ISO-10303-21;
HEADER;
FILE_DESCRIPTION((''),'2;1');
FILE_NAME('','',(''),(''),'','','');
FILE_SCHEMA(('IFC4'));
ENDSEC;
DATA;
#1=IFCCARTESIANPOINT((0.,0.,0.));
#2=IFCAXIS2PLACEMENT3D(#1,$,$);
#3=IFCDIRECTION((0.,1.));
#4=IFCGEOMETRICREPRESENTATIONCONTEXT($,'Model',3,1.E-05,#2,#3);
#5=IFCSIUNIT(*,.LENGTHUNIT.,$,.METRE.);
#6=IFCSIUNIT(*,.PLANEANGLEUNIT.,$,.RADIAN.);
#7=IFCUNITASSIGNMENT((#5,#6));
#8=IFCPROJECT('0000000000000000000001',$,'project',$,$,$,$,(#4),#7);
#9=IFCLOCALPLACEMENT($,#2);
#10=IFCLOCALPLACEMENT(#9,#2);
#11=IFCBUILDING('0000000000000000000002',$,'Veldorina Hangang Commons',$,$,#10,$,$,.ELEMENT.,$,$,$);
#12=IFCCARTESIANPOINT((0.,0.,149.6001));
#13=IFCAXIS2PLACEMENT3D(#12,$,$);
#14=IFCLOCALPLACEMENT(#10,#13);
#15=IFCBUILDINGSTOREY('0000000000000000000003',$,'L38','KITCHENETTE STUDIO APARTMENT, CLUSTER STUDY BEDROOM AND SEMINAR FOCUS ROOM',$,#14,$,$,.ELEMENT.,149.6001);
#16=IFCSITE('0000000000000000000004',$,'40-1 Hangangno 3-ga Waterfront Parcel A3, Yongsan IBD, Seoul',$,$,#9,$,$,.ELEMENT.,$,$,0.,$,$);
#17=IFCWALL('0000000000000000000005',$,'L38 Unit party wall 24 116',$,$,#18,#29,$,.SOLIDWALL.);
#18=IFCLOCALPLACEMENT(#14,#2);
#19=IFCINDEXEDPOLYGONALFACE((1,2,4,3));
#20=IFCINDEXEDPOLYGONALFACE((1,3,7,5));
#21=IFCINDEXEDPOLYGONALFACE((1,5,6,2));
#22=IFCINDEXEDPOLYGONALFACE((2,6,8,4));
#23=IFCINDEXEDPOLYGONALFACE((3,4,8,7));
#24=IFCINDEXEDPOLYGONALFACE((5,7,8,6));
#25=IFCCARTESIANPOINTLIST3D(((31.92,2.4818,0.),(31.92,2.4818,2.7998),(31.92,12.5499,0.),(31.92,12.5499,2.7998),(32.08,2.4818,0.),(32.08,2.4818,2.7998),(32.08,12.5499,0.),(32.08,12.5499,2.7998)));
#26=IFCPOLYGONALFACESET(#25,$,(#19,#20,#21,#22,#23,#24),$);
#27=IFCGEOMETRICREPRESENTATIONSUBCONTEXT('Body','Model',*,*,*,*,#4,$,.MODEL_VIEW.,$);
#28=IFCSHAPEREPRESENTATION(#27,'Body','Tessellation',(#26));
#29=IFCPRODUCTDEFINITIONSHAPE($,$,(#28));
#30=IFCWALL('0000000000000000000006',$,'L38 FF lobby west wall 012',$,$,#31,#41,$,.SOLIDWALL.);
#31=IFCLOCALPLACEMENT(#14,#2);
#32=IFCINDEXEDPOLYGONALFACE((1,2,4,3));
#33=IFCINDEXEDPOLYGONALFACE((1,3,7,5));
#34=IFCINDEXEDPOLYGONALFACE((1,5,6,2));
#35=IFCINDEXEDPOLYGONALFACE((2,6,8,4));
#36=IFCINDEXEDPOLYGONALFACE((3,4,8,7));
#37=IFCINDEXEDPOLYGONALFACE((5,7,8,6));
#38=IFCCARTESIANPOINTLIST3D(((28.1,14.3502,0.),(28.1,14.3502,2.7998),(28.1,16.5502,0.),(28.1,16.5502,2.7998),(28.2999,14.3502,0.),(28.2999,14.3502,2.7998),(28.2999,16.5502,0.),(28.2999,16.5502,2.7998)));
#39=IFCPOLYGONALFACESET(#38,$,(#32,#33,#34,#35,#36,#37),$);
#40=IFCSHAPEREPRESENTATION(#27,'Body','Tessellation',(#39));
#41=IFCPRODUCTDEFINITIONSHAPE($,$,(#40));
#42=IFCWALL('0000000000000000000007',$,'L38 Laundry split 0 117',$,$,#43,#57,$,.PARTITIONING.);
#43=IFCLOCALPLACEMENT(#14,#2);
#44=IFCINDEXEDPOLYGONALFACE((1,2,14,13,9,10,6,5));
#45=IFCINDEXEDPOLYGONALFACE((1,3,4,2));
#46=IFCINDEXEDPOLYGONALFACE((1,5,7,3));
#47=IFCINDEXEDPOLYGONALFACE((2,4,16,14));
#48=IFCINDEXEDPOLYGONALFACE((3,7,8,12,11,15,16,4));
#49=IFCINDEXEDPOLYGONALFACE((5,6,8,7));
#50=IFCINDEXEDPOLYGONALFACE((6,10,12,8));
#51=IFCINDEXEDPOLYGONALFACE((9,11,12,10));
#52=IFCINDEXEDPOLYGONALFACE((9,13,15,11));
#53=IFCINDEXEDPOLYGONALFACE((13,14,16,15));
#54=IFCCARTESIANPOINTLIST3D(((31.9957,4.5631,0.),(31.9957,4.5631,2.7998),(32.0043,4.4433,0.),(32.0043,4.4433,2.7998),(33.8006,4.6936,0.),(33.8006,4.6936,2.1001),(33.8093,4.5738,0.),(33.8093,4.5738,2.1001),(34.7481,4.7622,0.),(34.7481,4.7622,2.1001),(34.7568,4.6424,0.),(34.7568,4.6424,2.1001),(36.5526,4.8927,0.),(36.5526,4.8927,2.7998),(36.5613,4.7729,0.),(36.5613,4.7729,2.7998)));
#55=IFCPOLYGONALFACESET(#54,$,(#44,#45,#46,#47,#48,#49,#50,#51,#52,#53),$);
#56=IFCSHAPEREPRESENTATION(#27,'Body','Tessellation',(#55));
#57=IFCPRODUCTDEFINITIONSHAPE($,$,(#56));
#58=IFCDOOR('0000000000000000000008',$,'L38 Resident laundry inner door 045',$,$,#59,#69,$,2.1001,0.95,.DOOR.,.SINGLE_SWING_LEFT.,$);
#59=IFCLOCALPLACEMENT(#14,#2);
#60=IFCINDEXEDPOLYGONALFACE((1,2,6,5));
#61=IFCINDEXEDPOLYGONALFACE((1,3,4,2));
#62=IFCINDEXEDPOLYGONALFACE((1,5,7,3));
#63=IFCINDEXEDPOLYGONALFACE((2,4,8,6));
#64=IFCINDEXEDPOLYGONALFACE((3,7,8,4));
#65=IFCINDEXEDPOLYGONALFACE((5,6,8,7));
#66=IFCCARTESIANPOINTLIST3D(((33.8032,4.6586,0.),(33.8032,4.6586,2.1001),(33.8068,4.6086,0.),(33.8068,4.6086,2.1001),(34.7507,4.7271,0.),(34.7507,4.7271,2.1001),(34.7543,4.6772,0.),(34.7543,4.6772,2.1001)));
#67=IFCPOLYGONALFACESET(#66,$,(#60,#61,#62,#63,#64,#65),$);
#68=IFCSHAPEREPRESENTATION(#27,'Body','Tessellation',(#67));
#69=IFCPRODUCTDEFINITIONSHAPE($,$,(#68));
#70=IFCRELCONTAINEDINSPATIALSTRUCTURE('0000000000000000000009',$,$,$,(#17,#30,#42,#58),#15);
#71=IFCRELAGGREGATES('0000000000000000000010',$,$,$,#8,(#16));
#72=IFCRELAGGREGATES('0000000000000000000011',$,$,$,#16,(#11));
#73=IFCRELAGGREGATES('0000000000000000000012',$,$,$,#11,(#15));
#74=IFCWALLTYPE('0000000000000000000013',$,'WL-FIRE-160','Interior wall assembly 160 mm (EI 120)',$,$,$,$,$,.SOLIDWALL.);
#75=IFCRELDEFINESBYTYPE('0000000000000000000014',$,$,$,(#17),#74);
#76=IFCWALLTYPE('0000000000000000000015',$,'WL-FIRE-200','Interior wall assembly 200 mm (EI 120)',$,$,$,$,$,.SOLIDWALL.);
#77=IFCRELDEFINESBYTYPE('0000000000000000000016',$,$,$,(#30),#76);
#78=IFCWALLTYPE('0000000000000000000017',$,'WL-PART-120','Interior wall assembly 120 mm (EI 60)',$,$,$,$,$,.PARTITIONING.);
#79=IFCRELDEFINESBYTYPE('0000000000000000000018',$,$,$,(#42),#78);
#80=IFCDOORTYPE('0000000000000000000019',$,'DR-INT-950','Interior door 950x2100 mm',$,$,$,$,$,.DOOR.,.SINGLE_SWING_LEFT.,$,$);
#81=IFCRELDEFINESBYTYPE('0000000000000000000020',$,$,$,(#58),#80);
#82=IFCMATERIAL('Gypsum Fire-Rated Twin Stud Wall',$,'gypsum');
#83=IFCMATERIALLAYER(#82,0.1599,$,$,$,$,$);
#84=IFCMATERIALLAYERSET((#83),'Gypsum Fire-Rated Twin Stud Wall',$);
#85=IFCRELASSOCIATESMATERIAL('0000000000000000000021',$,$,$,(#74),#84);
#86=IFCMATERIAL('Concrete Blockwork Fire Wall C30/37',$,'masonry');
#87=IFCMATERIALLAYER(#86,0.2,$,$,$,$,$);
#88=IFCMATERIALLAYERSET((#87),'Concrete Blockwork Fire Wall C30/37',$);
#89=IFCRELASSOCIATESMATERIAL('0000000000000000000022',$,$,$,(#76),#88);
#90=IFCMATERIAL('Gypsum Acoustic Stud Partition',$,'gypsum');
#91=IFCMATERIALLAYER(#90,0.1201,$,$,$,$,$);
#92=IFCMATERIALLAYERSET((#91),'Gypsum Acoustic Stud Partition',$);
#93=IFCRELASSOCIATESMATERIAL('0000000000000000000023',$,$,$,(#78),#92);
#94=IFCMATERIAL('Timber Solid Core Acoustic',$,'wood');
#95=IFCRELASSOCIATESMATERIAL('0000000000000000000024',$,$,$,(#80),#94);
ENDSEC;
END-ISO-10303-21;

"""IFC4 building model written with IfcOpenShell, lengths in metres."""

from ifc_helpers import new_model, si_unit, direction, frame, frame_2d, origin, place, context, subcontext, project, spatial, rectangle, extrude, material, layer, layer_set, type_object, element, fill, save


model = new_model("IFC4")

# Units and contexts
model_context = context("Model", 3, precision=1e-05, world=origin(), true_north=direction((0.0, 1.0)))
body_context = subcontext(model_context, "Body", "Model", "MODEL_VIEW")
ifc_project = project(units=[si_unit("LENGTHUNIT", "METRE"), si_unit("PLANEANGLEUNIT", "RADIAN")], contexts=[model_context])

# Site, building, storey
site_placement = place(None, origin())
site = spatial("IfcSite", under=ifc_project, at=site_placement, Name="40-1 Hangangno 3-ga Waterfront Parcel A3, Yongsan IBD, Seoul", CompositionType="ELEMENT", RefElevation=0.0)
building_placement = place(site_placement, origin())
building = spatial("IfcBuilding", under=site, at=building_placement, Name="Veldorina Hangang Commons", CompositionType="ELEMENT")
storey_placement = place(building_placement, frame((0.0, 0.0, 149.6001)))
storey = spatial("IfcBuildingStorey", under=building, at=storey_placement, Name="L38", Description="KITCHENETTE STUDIO APARTMENT, CLUSTER STUDY BEDROOM AND SEMINAR FOCUS ROOM", CompositionType="ELEMENT", Elevation=149.6001)

# Shared definitions
ifc_material_1 = material(Name="Gypsum Fire-Rated Twin Stud Wall", Category="gypsum")
ifc_layer_1 = layer(ifc_material_1, 0.1599)
ifc_layer_set_1 = layer_set([ifc_layer_1], Name="Gypsum Fire-Rated Twin Stud Wall")
wall_type_1 = type_object("IfcWallType", Name="WL-FIRE-160", Description="Interior wall assembly 160 mm (EI 120)", PredefinedType="SOLIDWALL", material=ifc_layer_set_1)

# Shared definitions
ifc_material_2 = material(Name="Timber Solid Core Acoustic", Category="wood")

# Walls
wall_1_placement = place(storey_placement, frame((32.0, 12.55, 0.0), z_axis=(0.0, 0.0, 1.0), x_axis=(0.0, -1.0, 0.0)))
element("IfcWall", 1, at=wall_1_placement, inside=storey, type_object=wall_type_1, Name="L38 Unit party wall 24 116", PredefinedType="SOLIDWALL", context=body_context, shape_type="SweptSolid", body=[
    extrude(rectangle(XDim=10.0681, YDim=0.1599, at=frame_2d((5.0342, 0.0))), origin(), (0.0, 0.0, 1.0), 2.7998),
])
ifc_material_3 = material(Name="Concrete Blockwork Fire Wall C30/37", Category="masonry")
ifc_layer_2 = layer(ifc_material_3, 0.2)
ifc_layer_set_2 = layer_set([ifc_layer_2], Name="Concrete Blockwork Fire Wall C30/37")
wall_type_2 = type_object("IfcWallType", Name="WL-FIRE-200", Description="Interior wall assembly 200 mm (EI 120)", PredefinedType="SOLIDWALL", material=ifc_layer_set_2)
wall_2_placement = place(storey_placement, frame((28.2, 14.3501, 0.0), z_axis=(0.0, 0.0, 1.0), x_axis=(0.0, 1.0, 0.0)))
element("IfcWall", 2, at=wall_2_placement, inside=storey, type_object=wall_type_2, Name="L38 FF lobby west wall 012", PredefinedType="SOLIDWALL", context=body_context, shape_type="SweptSolid", body=[
    extrude(rectangle(XDim=2.2, YDim=0.2, at=frame_2d((1.1001, 0.0))), origin(), (0.0, 0.0, 1.0), 2.7998),
])

# Wall, opening, door
ifc_material_4 = material(Name="Gypsum Acoustic Stud Partition", Category="gypsum")
ifc_layer_3 = layer(ifc_material_4, 0.1201)
ifc_layer_set_3 = layer_set([ifc_layer_3], Name="Gypsum Acoustic Stud Partition")
wall_type_3 = type_object("IfcWallType", Name="WL-PART-120", Description="Interior wall assembly 120 mm (EI 60)", PredefinedType="PARTITIONING", material=ifc_layer_set_3)
wall_3_placement = place(storey_placement, frame((32.0, 4.5032, 0.0), z_axis=(0.0, 0.0, 1.0), x_axis=(0.997395, 0.072139, 0.0)))
wall_3 = element("IfcWall", 3, at=wall_3_placement, inside=storey, type_object=wall_type_3, Name="L38 Laundry split 0 117", PredefinedType="PARTITIONING", context=body_context, shape_type="SweptSolid", body=[
    extrude(rectangle(XDim=4.5688, YDim=0.1201, at=frame_2d((2.2844, 0.0))), origin(), (0.0, 0.0, 1.0), 2.7998),
])
opening_1_placement = place(wall_3_placement, frame((1.8096, 0.0, 0.0)))
opening_1 = element("IfcOpeningElement", 4, at=opening_1_placement, cuts=wall_3, PredefinedType="OPENING", context=body_context, shape_type="SweptSolid", body=[
    extrude(rectangle(XDim=0.95, YDim=2.1001, at=frame_2d((0.4751, 1.05))), frame((0.0, 0.0701, 0.0), z_axis=(0.0, -1.0, 0.0), x_axis=(1.0, 0.0, 0.0)), (0.0, 0.0, 1.0), 0.1401),
])
door_type_1 = type_object("IfcDoorType", Name="DR-INT-950", Description="Interior door 950x2100 mm", OperationType="SINGLE_SWING_LEFT", PredefinedType="DOOR", material=ifc_material_2)
door_1_placement = place(opening_1_placement, origin())
door_1 = element("IfcDoor", 5, at=door_1_placement, inside=storey, type_object=door_type_1, Name="L38 Resident laundry inner door 045", OperationType="SINGLE_SWING_LEFT", OverallHeight=2.1001, OverallWidth=0.95, PredefinedType="DOOR", context=body_context, shape_type="SweptSolid", body=[
    extrude(rectangle(XDim=0.95, YDim=2.1001, at=frame_2d((0.4751, 1.05))), frame((0.0, 0.0249, 0.0), z_axis=(0.0, -1.0, 0.0), x_axis=(1.0, 0.0, 0.0)), (0.0, 0.0, 1.0), 0.05),
])
fill(opening_1, door_1)

save(model, "model.ifc")
